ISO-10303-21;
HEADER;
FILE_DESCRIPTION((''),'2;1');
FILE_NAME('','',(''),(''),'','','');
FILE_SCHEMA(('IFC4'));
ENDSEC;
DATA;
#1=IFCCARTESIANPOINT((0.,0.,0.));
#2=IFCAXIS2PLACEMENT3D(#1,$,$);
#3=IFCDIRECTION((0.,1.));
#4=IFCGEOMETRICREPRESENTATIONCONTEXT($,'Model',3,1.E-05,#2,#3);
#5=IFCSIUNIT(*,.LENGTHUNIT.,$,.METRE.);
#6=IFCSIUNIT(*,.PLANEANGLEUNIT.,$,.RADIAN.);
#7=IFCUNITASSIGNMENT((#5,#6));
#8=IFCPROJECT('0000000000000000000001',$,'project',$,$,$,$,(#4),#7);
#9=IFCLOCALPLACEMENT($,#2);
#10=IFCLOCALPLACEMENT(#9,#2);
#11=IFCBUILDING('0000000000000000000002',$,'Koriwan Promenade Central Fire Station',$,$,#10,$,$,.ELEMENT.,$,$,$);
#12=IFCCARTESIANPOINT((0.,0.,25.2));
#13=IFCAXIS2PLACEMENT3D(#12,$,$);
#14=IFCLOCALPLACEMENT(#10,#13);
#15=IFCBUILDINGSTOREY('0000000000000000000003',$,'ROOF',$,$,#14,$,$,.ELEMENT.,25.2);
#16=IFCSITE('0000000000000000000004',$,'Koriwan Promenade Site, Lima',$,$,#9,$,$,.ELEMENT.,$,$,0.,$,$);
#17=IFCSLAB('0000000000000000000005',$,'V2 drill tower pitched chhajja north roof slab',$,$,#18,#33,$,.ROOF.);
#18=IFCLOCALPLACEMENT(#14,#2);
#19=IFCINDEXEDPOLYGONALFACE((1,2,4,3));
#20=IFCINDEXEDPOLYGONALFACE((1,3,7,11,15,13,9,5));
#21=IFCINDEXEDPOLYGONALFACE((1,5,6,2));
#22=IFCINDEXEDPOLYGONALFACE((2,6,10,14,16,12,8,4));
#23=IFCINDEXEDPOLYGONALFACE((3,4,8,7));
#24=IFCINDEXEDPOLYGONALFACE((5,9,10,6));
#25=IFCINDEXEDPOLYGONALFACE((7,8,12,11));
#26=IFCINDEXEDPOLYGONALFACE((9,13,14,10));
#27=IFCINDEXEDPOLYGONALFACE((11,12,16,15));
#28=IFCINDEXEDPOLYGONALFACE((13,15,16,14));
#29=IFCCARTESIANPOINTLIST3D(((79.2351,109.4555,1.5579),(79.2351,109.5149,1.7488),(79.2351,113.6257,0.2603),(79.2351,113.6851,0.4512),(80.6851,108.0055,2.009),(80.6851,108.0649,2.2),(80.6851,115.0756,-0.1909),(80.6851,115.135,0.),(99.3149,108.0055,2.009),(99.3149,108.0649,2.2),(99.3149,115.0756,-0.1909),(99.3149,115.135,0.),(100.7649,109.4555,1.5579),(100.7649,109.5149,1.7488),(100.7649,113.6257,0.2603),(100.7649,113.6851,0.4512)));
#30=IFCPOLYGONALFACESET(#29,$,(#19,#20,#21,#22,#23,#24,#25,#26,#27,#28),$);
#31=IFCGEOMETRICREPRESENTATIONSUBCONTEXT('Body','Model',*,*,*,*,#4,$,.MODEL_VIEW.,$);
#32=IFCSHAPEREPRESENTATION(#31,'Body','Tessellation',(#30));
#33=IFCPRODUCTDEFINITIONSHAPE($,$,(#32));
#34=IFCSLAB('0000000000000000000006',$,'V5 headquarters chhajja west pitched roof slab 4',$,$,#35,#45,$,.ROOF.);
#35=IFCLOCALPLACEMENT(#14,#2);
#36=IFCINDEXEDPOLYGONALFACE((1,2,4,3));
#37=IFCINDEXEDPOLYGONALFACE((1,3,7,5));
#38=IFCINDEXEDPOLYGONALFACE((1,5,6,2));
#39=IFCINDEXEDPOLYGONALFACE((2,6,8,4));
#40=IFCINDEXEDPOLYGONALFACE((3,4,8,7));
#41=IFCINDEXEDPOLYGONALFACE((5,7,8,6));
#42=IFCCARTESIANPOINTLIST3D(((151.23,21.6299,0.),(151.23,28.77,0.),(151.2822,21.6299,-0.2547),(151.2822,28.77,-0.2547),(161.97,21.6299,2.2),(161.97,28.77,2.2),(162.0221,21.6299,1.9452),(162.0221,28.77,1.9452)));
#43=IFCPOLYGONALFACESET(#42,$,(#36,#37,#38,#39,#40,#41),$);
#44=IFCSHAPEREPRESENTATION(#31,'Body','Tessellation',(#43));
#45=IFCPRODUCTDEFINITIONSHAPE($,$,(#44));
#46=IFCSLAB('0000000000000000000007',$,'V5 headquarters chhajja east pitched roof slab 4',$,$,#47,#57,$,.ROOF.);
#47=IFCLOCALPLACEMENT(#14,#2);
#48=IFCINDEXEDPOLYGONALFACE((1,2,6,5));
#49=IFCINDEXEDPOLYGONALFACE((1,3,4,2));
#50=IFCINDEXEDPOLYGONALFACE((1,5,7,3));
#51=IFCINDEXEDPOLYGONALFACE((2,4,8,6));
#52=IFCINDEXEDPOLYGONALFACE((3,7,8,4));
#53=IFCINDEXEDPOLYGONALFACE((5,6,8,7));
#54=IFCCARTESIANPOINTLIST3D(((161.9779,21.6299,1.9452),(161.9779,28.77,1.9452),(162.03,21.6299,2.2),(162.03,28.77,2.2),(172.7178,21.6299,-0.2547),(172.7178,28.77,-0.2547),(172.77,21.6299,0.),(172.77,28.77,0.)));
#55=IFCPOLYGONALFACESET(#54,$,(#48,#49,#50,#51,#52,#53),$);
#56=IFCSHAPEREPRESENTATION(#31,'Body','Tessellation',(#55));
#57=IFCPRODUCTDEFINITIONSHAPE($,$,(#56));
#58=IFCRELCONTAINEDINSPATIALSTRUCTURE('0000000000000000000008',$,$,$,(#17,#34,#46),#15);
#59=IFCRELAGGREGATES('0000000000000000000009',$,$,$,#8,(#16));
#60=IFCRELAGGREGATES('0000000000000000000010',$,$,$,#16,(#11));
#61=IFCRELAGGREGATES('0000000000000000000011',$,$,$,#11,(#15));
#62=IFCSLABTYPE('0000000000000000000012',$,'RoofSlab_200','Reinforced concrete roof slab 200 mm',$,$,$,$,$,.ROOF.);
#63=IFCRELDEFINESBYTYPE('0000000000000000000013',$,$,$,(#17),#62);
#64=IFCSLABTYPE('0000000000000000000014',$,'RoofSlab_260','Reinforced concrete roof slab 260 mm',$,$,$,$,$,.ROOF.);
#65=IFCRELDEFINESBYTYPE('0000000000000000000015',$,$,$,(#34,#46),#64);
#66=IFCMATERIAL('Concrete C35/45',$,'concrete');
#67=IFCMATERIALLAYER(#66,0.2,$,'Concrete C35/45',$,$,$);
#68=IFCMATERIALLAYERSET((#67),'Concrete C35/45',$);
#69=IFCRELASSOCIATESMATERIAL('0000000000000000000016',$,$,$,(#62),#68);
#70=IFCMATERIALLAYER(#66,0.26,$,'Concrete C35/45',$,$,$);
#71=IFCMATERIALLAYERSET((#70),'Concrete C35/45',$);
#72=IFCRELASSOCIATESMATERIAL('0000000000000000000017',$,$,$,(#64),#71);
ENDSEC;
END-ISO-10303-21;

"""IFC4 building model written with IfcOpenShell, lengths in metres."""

from ifc_helpers import new_model, si_unit, direction, frame, origin, place, context, subcontext, project, spatial, polyline, outline, extrude, material, layer, layer_set, type_object, element, save


model = new_model("IFC4")

# Units and contexts
model_context = context("Model", 3, precision=1e-05, world=origin(), true_north=direction((0.0, 1.0)))
body_context = subcontext(model_context, "Body", "Model", "MODEL_VIEW")
ifc_project = project(units=[si_unit("LENGTHUNIT", "METRE"), si_unit("PLANEANGLEUNIT", "RADIAN")], contexts=[model_context])

# Site, building, storey
site_placement = place(None, origin())
site = spatial("IfcSite", under=ifc_project, at=site_placement, Name="Koriwan Promenade Site, Lima", CompositionType="ELEMENT", RefElevation=0.0)
building_placement = place(site_placement, origin())
building = spatial("IfcBuilding", under=site, at=building_placement, Name="Koriwan Promenade Central Fire Station", CompositionType="ELEMENT")
storey_placement = place(building_placement, frame((0.0, 0.0, 25.2)))
storey = spatial("IfcBuildingStorey", under=building, at=storey_placement, Name="ROOF", CompositionType="ELEMENT", Elevation=25.2)

# Slabs
ifc_material_1 = material(Name="Concrete C35/45", Category="concrete")
ifc_layer_1 = layer(ifc_material_1, 0.2, Name="Concrete C35/45")
ifc_layer_set_1 = layer_set([ifc_layer_1], Name="Concrete C35/45")
slab_type_1 = type_object("IfcSlabType", Name="RoofSlab_200", Description="Reinforced concrete roof slab 200 mm", PredefinedType="ROOF", material=ifc_layer_set_1)
for number, where, z_axis, x_axis, name in (
    (1, (80.6851, 108.0649, 2.2), (0.0, 0.297113, 0.954842), (1.0, 0.0, 0.0), "V2 drill tower pitched chhajja north roof slab"),
):
    element("IfcSlab", number, at=place(storey_placement, frame(where, z_axis=z_axis, x_axis=x_axis)), inside=storey, type_object=slab_type_1, Name=name, PredefinedType="ROOF", context=body_context, shape_type="SweptSolid", body=[
        extrude(outline(polyline([(0.0, 0.0), (18.6299, 0.0), (20.0798, 1.5185), (20.0798, 5.8859), (18.6299, 7.4044), (0.0, 7.4044), (-1.45, 5.8859), (-1.45, 1.5185), (0.0, 0.0)])), origin(), (0.0, 0.0, -1.0), 0.2),
    ])
ifc_layer_2 = layer(ifc_material_1, 0.26, Name="Concrete C35/45")
ifc_layer_set_2 = layer_set([ifc_layer_2], Name="Concrete C35/45")
slab_type_2 = type_object("IfcSlabType", Name="RoofSlab_260", Description="Reinforced concrete roof slab 260 mm", PredefinedType="ROOF", material=ifc_layer_set_2)
for number, where, z_axis, x_axis, name in (
    (2, (151.23, 21.6299, 0.0), (-0.200671, 0.0, 0.979659), (0.979659, 0.0, 0.200671), "V5 headquarters chhajja west pitched roof slab 4"),
    (3, (162.03, 21.6299, 2.2), (0.200671, 0.0, 0.979659), (0.979659, 0.0, -0.200671), "V5 headquarters chhajja east pitched roof slab 4"),
):
    element("IfcSlab", number, at=place(storey_placement, frame(where, z_axis=z_axis, x_axis=x_axis)), inside=storey, type_object=slab_type_2, Name=name, PredefinedType="ROOF", context=body_context, shape_type="SweptSolid", body=[
        extrude(outline(polyline([(0.0, 0.0), (10.963, 0.0), (10.963, 7.1401), (0.0, 7.1401), (0.0, 0.0)])), origin(), (0.0, 0.0, -1.0), 0.26),
    ])

save(model, "model.ifc")
